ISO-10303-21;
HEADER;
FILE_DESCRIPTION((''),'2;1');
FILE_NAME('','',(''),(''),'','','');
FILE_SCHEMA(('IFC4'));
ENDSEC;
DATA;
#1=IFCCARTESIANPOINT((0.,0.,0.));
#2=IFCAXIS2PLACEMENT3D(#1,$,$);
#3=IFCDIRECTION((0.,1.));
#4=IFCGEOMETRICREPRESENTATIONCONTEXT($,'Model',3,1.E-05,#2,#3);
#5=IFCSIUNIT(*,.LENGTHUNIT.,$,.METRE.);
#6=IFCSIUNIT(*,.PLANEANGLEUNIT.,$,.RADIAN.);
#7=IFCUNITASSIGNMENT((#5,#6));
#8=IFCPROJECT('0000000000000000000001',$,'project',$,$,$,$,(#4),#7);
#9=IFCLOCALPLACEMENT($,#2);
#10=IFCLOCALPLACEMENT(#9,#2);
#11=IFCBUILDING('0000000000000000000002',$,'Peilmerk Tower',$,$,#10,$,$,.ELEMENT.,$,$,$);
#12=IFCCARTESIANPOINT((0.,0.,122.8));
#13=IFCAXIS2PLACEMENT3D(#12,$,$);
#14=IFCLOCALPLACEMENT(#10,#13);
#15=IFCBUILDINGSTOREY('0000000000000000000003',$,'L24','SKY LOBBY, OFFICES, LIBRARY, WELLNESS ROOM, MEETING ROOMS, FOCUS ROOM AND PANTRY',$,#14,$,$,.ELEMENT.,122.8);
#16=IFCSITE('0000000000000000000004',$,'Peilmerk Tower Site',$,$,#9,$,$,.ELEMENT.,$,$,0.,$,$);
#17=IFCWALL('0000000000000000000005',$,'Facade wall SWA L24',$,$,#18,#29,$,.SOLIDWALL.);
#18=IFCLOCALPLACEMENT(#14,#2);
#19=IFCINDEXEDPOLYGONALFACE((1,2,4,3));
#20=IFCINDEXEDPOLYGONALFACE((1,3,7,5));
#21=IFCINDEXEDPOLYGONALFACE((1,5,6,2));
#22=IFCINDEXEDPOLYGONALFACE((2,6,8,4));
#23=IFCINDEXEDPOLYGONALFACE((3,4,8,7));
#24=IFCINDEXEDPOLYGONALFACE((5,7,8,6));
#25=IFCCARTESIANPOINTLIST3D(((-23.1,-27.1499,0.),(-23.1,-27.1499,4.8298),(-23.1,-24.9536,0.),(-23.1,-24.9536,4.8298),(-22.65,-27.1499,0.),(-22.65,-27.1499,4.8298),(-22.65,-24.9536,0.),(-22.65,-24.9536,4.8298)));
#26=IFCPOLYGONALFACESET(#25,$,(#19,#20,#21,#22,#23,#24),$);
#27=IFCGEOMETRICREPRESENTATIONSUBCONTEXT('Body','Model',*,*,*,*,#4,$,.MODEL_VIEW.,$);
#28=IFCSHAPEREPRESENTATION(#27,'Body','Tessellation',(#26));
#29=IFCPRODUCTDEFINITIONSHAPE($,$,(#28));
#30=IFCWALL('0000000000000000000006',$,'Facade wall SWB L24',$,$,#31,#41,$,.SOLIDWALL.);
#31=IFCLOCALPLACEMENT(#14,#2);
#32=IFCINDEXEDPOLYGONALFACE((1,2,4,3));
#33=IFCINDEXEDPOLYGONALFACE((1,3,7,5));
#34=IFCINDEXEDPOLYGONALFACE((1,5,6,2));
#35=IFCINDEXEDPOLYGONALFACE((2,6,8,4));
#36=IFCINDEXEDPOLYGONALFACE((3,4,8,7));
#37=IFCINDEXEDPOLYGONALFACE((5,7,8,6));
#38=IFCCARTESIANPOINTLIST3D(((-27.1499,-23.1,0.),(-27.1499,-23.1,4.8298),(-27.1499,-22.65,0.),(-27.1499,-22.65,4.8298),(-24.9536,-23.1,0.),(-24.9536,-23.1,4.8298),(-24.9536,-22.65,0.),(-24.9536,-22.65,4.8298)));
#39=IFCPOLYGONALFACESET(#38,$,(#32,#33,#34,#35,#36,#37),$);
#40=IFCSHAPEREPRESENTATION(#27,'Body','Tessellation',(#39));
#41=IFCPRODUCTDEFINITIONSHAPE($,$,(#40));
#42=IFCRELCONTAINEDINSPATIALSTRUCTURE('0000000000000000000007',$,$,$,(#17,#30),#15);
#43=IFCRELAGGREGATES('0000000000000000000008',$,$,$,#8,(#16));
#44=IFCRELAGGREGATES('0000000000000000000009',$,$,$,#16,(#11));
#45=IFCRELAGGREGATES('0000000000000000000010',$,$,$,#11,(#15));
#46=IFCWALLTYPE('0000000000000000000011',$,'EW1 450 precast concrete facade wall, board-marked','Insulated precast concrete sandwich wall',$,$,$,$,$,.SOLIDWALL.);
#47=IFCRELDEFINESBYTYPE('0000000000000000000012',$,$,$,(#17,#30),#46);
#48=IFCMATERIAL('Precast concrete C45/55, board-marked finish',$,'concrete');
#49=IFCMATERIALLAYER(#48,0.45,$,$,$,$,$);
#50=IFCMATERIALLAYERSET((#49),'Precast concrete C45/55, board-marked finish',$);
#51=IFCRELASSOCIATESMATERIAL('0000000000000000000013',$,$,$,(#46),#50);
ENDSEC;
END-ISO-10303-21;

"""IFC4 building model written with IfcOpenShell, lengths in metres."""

from ifc_helpers import new_model, si_unit, direction, frame, frame_2d, origin, place, context, subcontext, project, spatial, rectangle, extrude, material, layer, layer_set, type_object, element, save


model = new_model("IFC4")

# Units and contexts
model_context = context("Model", 3, precision=1e-05, world=origin(), true_north=direction((0.0, 1.0)))
body_context = subcontext(model_context, "Body", "Model", "MODEL_VIEW")
ifc_project = project(units=[si_unit("LENGTHUNIT", "METRE"), si_unit("PLANEANGLEUNIT", "RADIAN")], contexts=[model_context])

# Site, building, storey
site_placement = place(None, origin())
site = spatial("IfcSite", under=ifc_project, at=site_placement, Name="Peilmerk Tower Site", CompositionType="ELEMENT", RefElevation=0.0)
building_placement = place(site_placement, origin())
building = spatial("IfcBuilding", under=site, at=building_placement, Name="Peilmerk Tower", CompositionType="ELEMENT")
storey_placement = place(building_placement, frame((0.0, 0.0, 122.8)))
storey = spatial("IfcBuildingStorey", under=building, at=storey_placement, Name="L24", Description="SKY LOBBY, OFFICES, LIBRARY, WELLNESS ROOM, MEETING ROOMS, FOCUS ROOM AND PANTRY", CompositionType="ELEMENT", Elevation=122.8)

# Shared definitions
ifc_material_1 = material(Name="Precast concrete C45/55, board-marked finish", Category="concrete")
ifc_layer_1 = layer(ifc_material_1, 0.45)
ifc_layer_set_1 = layer_set([ifc_layer_1], Name="Precast concrete C45/55, board-marked finish")
wall_type = type_object("IfcWallType", Name="EW1 450 precast concrete facade wall, board-marked", Description="Insulated precast concrete sandwich wall", PredefinedType="SOLIDWALL", material=ifc_layer_set_1)

# Walls
for number, where, z_axis, x_axis, name in (
    (1, (-22.875, -24.9536, 0.0), (0.0, 0.0, 1.0), (0.0, -1.0, 0.0), "Facade wall SWA L24"),
    (2, (-24.9536, -22.875, 0.0), (0.0, 0.0, 1.0), (-1.0, 0.0, 0.0), "Facade wall SWB L24"),
):
    element("IfcWall", number, at=place(storey_placement, frame(where, z_axis=z_axis, x_axis=x_axis)), inside=storey, type_object=wall_type, Name=name, PredefinedType="SOLIDWALL", context=body_context, shape_type="SweptSolid", body=[
        extrude(rectangle(XDim=2.1963, YDim=0.45, at=frame_2d((1.0981, 0.0))), origin(), (0.0, 0.0, 1.0), 4.8298),
    ])

save(model, "model.ifc")
